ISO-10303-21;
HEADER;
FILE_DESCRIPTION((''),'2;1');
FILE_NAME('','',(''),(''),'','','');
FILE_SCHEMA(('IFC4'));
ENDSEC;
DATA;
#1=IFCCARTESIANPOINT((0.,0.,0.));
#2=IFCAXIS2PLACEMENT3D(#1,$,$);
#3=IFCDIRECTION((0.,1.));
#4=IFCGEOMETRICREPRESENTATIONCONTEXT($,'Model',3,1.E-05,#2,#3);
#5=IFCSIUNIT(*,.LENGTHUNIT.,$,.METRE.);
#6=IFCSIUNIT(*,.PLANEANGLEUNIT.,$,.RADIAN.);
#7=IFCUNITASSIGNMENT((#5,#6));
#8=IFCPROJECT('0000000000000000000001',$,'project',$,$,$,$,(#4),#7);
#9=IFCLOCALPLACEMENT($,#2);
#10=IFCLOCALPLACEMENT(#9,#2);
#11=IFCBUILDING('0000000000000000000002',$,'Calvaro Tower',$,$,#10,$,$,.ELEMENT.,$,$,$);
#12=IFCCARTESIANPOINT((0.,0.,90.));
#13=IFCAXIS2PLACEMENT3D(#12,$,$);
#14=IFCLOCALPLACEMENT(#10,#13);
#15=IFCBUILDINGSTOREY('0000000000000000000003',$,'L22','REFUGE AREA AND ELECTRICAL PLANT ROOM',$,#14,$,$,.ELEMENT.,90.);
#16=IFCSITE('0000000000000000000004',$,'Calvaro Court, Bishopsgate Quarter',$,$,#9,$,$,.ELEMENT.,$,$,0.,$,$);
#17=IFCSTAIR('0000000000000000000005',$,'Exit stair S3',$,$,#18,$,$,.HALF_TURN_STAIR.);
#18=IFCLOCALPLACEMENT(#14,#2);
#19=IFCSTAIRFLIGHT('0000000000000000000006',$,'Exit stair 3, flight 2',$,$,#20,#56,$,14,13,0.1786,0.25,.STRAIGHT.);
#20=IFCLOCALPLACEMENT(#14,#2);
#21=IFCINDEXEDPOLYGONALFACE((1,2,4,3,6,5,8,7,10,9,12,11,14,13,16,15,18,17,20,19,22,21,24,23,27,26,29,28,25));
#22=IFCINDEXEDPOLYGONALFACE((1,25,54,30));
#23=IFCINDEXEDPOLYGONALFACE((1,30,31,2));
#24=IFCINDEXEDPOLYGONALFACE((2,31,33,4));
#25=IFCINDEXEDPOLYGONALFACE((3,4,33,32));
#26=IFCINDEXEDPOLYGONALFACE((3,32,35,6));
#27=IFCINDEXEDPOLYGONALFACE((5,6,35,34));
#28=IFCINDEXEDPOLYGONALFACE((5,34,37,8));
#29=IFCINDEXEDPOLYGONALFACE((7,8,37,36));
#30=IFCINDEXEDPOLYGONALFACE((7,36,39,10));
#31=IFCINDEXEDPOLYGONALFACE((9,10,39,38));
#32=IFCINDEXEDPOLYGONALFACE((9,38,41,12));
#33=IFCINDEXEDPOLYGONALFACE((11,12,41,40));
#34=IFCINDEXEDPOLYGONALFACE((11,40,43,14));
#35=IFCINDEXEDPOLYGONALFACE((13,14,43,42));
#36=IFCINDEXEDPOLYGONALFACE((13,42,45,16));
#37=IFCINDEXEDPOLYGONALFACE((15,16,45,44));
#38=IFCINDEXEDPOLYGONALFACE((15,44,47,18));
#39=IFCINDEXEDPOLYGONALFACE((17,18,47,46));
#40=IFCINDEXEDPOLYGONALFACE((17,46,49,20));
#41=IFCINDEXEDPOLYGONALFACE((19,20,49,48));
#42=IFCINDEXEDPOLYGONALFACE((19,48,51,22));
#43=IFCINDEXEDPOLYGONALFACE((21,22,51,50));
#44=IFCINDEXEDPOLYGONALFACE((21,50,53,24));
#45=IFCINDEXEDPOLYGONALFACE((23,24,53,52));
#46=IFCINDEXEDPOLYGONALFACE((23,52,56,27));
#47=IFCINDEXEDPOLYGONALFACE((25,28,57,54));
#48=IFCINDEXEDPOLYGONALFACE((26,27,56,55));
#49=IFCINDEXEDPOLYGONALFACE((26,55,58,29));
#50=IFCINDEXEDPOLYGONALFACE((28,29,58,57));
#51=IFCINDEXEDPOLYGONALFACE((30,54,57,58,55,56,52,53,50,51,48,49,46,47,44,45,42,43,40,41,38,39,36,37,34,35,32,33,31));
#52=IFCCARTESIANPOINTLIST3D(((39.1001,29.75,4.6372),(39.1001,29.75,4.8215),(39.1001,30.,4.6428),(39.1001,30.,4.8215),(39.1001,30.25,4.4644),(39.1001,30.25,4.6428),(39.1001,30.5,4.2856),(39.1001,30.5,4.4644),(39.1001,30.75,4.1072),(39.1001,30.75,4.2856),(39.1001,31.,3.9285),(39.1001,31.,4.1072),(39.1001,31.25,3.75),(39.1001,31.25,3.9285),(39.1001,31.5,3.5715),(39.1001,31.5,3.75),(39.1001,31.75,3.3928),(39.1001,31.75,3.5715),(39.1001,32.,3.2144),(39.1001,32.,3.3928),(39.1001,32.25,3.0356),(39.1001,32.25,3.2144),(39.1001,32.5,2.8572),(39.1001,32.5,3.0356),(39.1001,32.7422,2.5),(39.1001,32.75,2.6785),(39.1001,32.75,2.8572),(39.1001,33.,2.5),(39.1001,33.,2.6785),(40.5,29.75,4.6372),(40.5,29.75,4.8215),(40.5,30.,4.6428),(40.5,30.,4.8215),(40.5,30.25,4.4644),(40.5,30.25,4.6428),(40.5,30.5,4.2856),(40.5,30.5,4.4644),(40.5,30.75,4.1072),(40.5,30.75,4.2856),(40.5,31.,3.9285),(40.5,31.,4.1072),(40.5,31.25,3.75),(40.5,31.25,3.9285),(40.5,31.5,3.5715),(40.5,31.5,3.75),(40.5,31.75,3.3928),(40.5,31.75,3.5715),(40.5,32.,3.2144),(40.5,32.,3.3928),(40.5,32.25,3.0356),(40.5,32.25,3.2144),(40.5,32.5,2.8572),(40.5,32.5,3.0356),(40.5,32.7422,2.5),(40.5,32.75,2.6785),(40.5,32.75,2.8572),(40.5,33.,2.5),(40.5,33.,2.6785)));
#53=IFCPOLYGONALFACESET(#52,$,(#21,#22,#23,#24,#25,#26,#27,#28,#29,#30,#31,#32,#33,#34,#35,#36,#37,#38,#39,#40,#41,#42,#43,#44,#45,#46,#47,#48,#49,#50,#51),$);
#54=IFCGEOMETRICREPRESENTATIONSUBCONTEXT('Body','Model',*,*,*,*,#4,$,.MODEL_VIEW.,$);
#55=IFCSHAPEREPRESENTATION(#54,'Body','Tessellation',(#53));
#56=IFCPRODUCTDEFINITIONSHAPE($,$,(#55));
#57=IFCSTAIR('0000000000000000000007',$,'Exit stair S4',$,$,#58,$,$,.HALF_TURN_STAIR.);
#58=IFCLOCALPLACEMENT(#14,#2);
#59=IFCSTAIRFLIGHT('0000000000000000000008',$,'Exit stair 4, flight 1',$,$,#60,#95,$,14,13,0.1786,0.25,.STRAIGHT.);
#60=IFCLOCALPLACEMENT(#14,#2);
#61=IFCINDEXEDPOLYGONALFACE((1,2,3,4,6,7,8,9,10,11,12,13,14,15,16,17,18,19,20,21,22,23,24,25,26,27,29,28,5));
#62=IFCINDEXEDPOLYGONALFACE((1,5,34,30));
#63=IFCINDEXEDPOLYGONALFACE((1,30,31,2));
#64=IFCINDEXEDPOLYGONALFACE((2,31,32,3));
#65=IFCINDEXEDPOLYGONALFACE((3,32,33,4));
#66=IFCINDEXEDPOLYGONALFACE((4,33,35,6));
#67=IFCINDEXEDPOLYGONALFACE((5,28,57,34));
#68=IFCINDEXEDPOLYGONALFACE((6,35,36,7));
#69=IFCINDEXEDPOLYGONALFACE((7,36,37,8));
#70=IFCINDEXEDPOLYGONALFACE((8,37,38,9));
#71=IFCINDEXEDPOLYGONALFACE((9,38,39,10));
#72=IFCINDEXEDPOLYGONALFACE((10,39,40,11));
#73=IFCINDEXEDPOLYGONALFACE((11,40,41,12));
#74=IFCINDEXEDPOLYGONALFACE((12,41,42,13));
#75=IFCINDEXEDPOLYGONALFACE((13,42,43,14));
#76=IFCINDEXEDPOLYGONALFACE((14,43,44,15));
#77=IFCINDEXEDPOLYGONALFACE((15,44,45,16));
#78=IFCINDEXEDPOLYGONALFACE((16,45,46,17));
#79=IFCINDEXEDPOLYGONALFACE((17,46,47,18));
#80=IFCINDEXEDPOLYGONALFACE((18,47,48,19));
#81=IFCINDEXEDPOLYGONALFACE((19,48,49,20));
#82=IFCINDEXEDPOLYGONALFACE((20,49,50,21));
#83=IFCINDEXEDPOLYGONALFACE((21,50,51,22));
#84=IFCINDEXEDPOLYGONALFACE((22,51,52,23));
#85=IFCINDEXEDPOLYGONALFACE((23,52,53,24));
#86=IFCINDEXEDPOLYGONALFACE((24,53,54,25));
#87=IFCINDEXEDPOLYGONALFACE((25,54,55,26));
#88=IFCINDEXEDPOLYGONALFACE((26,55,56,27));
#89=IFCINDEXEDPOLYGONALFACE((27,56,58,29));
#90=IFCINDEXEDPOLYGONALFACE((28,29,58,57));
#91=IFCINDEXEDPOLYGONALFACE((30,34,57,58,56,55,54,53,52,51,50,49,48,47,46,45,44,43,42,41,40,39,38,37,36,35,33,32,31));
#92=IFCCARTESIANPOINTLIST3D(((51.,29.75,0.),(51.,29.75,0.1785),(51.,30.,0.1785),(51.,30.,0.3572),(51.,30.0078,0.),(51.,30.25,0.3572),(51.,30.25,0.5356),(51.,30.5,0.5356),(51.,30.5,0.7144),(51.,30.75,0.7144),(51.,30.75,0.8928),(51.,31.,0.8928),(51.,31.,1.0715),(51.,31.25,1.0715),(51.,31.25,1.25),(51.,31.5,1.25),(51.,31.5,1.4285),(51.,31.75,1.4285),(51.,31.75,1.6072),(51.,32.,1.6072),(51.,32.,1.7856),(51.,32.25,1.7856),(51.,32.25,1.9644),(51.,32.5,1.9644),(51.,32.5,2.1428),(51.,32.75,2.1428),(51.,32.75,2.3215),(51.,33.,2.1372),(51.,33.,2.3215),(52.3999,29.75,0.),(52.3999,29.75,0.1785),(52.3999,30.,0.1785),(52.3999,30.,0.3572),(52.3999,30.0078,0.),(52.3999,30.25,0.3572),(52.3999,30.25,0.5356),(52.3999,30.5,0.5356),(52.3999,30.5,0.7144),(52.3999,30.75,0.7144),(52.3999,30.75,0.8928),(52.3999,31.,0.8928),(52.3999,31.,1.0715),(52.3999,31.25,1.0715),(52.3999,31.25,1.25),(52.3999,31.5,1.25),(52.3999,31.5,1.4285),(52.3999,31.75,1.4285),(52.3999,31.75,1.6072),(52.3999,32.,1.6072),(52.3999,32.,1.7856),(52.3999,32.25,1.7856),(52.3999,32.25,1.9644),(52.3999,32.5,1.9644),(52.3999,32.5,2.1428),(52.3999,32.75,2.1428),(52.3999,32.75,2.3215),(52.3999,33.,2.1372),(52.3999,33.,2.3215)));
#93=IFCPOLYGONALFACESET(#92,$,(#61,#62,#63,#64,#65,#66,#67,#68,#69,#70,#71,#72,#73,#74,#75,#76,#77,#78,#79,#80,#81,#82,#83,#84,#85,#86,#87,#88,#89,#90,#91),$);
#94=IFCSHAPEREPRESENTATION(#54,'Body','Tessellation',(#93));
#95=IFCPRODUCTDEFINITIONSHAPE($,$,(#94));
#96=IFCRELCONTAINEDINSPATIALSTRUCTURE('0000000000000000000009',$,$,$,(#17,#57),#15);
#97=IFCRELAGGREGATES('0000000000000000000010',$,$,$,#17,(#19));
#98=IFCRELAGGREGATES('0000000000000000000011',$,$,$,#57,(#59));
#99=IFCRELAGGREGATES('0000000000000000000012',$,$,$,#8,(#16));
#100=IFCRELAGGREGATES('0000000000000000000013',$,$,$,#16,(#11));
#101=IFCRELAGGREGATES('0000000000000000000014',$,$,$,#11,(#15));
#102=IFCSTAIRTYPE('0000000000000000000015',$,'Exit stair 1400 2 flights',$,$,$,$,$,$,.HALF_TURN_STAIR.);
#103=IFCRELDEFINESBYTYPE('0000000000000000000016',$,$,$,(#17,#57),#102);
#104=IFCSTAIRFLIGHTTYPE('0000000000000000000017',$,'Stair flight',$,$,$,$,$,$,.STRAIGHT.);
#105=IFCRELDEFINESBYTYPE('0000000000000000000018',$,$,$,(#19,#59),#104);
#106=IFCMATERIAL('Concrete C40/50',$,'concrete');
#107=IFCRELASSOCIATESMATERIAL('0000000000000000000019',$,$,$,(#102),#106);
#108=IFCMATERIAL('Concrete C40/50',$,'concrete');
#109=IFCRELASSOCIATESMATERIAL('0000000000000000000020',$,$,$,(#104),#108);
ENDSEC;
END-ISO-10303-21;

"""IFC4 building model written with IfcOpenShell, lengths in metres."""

from ifc_helpers import new_model, si_unit, direction, frame, origin, place, context, subcontext, project, spatial, polyline, outline, extrude, material, type_object, element, aggregate, save


model = new_model("IFC4")

# Units and contexts
model_context = context("Model", 3, precision=1e-05, world=origin(), true_north=direction((0.0, 1.0)))
body_context = subcontext(model_context, "Body", "Model", "MODEL_VIEW")
ifc_project = project(units=[si_unit("LENGTHUNIT", "METRE"), si_unit("PLANEANGLEUNIT", "RADIAN")], contexts=[model_context])

# Site, building, storey
site_placement = place(None, origin())
site = spatial("IfcSite", under=ifc_project, at=site_placement, Name="Calvaro Court, Bishopsgate Quarter", CompositionType="ELEMENT", RefElevation=0.0)
building_placement = place(site_placement, origin())
building = spatial("IfcBuilding", under=site, at=building_placement, Name="Calvaro Tower", CompositionType="ELEMENT")
storey_placement = place(building_placement, frame((0.0, 0.0, 90.0)))
storey = spatial("IfcBuildingStorey", under=building, at=storey_placement, Name="L22", Description="REFUGE AREA AND ELECTRICAL PLANT ROOM", CompositionType="ELEMENT", Elevation=90.0)

# Stair, stair flight
ifc_material_1 = material(Name="Concrete C40/50", Category="concrete")
stair_type = type_object("IfcStairType", Name="Exit stair 1400 2 flights", PredefinedType="HALF_TURN_STAIR", material=ifc_material_1)
stair_1_placement = place(storey_placement, origin())
stair_1 = element("IfcStair", 1, at=stair_1_placement, inside=storey, type_object=stair_type, Name="Exit stair S3", PredefinedType="HALF_TURN_STAIR")
ifc_material_2 = material(Name="Concrete C40/50", Category="concrete")
stair_flight_type = type_object("IfcStairFlightType", Name="Stair flight", PredefinedType="STRAIGHT", material=ifc_material_2)
stair_flight_1_placement = place(storey_placement, frame((39.8, 33.0, 2.5), z_axis=(0.0, 0.0, 1.0), x_axis=(0.0, -1.0, 0.0)))
stair_flight_1 = element("IfcStairFlight", 2, at=stair_flight_1_placement, type_object=stair_flight_type, Name="Exit stair 3, flight 2", NumberOfRisers=14, NumberOfTreads=13, PredefinedType="STRAIGHT", RiserHeight=0.1786, TreadLength=0.25, context=body_context, shape_type="SweptSolid", body=[
    extrude(outline(polyline([(0.0, 0.0), (0.0, 0.1785), (0.25, 0.1785), (0.25, 0.3572), (0.5, 0.3572), (0.5, 0.5356), (0.75, 0.5356), (0.75, 0.7144), (1.0, 0.7144), (1.0, 0.8928), (1.25, 0.8928), (1.25, 1.0715), (1.5, 1.0715), (1.5, 1.25), (1.75, 1.25), (1.75, 1.4285), (2.0, 1.4285), (2.0, 1.6072), (2.25, 1.6072), (2.25, 1.7856), (2.5, 1.7856), (2.5, 1.9644), (2.75, 1.9644), (2.75, 2.1428), (3.0, 2.1428), (3.0, 2.3215), (3.25, 2.3215), (3.25, 2.5), (3.25, 2.1372), (0.2578, 0.0), (0.0, 0.0)])), frame((0.0, 0.7, 0.0), z_axis=(0.0, -1.0, 0.0), x_axis=(1.0, 0.0, 0.0)), (0.0, 0.0, 1.0), 1.3999),
])

# Stair, stair flight
stair_2_placement = place(storey_placement, origin())
stair_2 = element("IfcStair", 3, at=stair_2_placement, inside=storey, type_object=stair_type, Name="Exit stair S4", PredefinedType="HALF_TURN_STAIR")
stair_flight_2_placement = place(storey_placement, frame((51.7, 29.75, 0.0), z_axis=(0.0, 0.0, 1.0), x_axis=(0.0, 1.0, 0.0)))
stair_flight_2 = element("IfcStairFlight", 4, at=stair_flight_2_placement, type_object=stair_flight_type, Name="Exit stair 4, flight 1", NumberOfRisers=14, NumberOfTreads=13, PredefinedType="STRAIGHT", RiserHeight=0.1786, TreadLength=0.25, context=body_context, shape_type="SweptSolid", body=[
    extrude(outline(polyline([(0.0, 0.0), (0.0, 0.1785), (0.25, 0.1785), (0.25, 0.3572), (0.5, 0.3572), (0.5, 0.5356), (0.75, 0.5356), (0.75, 0.7144), (1.0, 0.7144), (1.0, 0.8928), (1.25, 0.8928), (1.25, 1.0715), (1.5, 1.0715), (1.5, 1.25), (1.75, 1.25), (1.75, 1.4285), (2.0, 1.4285), (2.0, 1.6072), (2.25, 1.6072), (2.25, 1.7856), (2.5, 1.7856), (2.5, 1.9644), (2.75, 1.9644), (2.75, 2.1428), (3.0, 2.1428), (3.0, 2.3215), (3.25, 2.3215), (3.25, 2.5), (3.25, 2.1372), (0.2578, 0.0), (0.0, 0.0)])), frame((0.0, 0.7, 0.0), z_axis=(0.0, -1.0, 0.0), x_axis=(1.0, 0.0, 0.0)), (0.0, 0.0, 1.0), 1.3999),
])

aggregate(stair_1, [stair_flight_1])
aggregate(stair_2, [stair_flight_2])

save(model, "model.ifc")
